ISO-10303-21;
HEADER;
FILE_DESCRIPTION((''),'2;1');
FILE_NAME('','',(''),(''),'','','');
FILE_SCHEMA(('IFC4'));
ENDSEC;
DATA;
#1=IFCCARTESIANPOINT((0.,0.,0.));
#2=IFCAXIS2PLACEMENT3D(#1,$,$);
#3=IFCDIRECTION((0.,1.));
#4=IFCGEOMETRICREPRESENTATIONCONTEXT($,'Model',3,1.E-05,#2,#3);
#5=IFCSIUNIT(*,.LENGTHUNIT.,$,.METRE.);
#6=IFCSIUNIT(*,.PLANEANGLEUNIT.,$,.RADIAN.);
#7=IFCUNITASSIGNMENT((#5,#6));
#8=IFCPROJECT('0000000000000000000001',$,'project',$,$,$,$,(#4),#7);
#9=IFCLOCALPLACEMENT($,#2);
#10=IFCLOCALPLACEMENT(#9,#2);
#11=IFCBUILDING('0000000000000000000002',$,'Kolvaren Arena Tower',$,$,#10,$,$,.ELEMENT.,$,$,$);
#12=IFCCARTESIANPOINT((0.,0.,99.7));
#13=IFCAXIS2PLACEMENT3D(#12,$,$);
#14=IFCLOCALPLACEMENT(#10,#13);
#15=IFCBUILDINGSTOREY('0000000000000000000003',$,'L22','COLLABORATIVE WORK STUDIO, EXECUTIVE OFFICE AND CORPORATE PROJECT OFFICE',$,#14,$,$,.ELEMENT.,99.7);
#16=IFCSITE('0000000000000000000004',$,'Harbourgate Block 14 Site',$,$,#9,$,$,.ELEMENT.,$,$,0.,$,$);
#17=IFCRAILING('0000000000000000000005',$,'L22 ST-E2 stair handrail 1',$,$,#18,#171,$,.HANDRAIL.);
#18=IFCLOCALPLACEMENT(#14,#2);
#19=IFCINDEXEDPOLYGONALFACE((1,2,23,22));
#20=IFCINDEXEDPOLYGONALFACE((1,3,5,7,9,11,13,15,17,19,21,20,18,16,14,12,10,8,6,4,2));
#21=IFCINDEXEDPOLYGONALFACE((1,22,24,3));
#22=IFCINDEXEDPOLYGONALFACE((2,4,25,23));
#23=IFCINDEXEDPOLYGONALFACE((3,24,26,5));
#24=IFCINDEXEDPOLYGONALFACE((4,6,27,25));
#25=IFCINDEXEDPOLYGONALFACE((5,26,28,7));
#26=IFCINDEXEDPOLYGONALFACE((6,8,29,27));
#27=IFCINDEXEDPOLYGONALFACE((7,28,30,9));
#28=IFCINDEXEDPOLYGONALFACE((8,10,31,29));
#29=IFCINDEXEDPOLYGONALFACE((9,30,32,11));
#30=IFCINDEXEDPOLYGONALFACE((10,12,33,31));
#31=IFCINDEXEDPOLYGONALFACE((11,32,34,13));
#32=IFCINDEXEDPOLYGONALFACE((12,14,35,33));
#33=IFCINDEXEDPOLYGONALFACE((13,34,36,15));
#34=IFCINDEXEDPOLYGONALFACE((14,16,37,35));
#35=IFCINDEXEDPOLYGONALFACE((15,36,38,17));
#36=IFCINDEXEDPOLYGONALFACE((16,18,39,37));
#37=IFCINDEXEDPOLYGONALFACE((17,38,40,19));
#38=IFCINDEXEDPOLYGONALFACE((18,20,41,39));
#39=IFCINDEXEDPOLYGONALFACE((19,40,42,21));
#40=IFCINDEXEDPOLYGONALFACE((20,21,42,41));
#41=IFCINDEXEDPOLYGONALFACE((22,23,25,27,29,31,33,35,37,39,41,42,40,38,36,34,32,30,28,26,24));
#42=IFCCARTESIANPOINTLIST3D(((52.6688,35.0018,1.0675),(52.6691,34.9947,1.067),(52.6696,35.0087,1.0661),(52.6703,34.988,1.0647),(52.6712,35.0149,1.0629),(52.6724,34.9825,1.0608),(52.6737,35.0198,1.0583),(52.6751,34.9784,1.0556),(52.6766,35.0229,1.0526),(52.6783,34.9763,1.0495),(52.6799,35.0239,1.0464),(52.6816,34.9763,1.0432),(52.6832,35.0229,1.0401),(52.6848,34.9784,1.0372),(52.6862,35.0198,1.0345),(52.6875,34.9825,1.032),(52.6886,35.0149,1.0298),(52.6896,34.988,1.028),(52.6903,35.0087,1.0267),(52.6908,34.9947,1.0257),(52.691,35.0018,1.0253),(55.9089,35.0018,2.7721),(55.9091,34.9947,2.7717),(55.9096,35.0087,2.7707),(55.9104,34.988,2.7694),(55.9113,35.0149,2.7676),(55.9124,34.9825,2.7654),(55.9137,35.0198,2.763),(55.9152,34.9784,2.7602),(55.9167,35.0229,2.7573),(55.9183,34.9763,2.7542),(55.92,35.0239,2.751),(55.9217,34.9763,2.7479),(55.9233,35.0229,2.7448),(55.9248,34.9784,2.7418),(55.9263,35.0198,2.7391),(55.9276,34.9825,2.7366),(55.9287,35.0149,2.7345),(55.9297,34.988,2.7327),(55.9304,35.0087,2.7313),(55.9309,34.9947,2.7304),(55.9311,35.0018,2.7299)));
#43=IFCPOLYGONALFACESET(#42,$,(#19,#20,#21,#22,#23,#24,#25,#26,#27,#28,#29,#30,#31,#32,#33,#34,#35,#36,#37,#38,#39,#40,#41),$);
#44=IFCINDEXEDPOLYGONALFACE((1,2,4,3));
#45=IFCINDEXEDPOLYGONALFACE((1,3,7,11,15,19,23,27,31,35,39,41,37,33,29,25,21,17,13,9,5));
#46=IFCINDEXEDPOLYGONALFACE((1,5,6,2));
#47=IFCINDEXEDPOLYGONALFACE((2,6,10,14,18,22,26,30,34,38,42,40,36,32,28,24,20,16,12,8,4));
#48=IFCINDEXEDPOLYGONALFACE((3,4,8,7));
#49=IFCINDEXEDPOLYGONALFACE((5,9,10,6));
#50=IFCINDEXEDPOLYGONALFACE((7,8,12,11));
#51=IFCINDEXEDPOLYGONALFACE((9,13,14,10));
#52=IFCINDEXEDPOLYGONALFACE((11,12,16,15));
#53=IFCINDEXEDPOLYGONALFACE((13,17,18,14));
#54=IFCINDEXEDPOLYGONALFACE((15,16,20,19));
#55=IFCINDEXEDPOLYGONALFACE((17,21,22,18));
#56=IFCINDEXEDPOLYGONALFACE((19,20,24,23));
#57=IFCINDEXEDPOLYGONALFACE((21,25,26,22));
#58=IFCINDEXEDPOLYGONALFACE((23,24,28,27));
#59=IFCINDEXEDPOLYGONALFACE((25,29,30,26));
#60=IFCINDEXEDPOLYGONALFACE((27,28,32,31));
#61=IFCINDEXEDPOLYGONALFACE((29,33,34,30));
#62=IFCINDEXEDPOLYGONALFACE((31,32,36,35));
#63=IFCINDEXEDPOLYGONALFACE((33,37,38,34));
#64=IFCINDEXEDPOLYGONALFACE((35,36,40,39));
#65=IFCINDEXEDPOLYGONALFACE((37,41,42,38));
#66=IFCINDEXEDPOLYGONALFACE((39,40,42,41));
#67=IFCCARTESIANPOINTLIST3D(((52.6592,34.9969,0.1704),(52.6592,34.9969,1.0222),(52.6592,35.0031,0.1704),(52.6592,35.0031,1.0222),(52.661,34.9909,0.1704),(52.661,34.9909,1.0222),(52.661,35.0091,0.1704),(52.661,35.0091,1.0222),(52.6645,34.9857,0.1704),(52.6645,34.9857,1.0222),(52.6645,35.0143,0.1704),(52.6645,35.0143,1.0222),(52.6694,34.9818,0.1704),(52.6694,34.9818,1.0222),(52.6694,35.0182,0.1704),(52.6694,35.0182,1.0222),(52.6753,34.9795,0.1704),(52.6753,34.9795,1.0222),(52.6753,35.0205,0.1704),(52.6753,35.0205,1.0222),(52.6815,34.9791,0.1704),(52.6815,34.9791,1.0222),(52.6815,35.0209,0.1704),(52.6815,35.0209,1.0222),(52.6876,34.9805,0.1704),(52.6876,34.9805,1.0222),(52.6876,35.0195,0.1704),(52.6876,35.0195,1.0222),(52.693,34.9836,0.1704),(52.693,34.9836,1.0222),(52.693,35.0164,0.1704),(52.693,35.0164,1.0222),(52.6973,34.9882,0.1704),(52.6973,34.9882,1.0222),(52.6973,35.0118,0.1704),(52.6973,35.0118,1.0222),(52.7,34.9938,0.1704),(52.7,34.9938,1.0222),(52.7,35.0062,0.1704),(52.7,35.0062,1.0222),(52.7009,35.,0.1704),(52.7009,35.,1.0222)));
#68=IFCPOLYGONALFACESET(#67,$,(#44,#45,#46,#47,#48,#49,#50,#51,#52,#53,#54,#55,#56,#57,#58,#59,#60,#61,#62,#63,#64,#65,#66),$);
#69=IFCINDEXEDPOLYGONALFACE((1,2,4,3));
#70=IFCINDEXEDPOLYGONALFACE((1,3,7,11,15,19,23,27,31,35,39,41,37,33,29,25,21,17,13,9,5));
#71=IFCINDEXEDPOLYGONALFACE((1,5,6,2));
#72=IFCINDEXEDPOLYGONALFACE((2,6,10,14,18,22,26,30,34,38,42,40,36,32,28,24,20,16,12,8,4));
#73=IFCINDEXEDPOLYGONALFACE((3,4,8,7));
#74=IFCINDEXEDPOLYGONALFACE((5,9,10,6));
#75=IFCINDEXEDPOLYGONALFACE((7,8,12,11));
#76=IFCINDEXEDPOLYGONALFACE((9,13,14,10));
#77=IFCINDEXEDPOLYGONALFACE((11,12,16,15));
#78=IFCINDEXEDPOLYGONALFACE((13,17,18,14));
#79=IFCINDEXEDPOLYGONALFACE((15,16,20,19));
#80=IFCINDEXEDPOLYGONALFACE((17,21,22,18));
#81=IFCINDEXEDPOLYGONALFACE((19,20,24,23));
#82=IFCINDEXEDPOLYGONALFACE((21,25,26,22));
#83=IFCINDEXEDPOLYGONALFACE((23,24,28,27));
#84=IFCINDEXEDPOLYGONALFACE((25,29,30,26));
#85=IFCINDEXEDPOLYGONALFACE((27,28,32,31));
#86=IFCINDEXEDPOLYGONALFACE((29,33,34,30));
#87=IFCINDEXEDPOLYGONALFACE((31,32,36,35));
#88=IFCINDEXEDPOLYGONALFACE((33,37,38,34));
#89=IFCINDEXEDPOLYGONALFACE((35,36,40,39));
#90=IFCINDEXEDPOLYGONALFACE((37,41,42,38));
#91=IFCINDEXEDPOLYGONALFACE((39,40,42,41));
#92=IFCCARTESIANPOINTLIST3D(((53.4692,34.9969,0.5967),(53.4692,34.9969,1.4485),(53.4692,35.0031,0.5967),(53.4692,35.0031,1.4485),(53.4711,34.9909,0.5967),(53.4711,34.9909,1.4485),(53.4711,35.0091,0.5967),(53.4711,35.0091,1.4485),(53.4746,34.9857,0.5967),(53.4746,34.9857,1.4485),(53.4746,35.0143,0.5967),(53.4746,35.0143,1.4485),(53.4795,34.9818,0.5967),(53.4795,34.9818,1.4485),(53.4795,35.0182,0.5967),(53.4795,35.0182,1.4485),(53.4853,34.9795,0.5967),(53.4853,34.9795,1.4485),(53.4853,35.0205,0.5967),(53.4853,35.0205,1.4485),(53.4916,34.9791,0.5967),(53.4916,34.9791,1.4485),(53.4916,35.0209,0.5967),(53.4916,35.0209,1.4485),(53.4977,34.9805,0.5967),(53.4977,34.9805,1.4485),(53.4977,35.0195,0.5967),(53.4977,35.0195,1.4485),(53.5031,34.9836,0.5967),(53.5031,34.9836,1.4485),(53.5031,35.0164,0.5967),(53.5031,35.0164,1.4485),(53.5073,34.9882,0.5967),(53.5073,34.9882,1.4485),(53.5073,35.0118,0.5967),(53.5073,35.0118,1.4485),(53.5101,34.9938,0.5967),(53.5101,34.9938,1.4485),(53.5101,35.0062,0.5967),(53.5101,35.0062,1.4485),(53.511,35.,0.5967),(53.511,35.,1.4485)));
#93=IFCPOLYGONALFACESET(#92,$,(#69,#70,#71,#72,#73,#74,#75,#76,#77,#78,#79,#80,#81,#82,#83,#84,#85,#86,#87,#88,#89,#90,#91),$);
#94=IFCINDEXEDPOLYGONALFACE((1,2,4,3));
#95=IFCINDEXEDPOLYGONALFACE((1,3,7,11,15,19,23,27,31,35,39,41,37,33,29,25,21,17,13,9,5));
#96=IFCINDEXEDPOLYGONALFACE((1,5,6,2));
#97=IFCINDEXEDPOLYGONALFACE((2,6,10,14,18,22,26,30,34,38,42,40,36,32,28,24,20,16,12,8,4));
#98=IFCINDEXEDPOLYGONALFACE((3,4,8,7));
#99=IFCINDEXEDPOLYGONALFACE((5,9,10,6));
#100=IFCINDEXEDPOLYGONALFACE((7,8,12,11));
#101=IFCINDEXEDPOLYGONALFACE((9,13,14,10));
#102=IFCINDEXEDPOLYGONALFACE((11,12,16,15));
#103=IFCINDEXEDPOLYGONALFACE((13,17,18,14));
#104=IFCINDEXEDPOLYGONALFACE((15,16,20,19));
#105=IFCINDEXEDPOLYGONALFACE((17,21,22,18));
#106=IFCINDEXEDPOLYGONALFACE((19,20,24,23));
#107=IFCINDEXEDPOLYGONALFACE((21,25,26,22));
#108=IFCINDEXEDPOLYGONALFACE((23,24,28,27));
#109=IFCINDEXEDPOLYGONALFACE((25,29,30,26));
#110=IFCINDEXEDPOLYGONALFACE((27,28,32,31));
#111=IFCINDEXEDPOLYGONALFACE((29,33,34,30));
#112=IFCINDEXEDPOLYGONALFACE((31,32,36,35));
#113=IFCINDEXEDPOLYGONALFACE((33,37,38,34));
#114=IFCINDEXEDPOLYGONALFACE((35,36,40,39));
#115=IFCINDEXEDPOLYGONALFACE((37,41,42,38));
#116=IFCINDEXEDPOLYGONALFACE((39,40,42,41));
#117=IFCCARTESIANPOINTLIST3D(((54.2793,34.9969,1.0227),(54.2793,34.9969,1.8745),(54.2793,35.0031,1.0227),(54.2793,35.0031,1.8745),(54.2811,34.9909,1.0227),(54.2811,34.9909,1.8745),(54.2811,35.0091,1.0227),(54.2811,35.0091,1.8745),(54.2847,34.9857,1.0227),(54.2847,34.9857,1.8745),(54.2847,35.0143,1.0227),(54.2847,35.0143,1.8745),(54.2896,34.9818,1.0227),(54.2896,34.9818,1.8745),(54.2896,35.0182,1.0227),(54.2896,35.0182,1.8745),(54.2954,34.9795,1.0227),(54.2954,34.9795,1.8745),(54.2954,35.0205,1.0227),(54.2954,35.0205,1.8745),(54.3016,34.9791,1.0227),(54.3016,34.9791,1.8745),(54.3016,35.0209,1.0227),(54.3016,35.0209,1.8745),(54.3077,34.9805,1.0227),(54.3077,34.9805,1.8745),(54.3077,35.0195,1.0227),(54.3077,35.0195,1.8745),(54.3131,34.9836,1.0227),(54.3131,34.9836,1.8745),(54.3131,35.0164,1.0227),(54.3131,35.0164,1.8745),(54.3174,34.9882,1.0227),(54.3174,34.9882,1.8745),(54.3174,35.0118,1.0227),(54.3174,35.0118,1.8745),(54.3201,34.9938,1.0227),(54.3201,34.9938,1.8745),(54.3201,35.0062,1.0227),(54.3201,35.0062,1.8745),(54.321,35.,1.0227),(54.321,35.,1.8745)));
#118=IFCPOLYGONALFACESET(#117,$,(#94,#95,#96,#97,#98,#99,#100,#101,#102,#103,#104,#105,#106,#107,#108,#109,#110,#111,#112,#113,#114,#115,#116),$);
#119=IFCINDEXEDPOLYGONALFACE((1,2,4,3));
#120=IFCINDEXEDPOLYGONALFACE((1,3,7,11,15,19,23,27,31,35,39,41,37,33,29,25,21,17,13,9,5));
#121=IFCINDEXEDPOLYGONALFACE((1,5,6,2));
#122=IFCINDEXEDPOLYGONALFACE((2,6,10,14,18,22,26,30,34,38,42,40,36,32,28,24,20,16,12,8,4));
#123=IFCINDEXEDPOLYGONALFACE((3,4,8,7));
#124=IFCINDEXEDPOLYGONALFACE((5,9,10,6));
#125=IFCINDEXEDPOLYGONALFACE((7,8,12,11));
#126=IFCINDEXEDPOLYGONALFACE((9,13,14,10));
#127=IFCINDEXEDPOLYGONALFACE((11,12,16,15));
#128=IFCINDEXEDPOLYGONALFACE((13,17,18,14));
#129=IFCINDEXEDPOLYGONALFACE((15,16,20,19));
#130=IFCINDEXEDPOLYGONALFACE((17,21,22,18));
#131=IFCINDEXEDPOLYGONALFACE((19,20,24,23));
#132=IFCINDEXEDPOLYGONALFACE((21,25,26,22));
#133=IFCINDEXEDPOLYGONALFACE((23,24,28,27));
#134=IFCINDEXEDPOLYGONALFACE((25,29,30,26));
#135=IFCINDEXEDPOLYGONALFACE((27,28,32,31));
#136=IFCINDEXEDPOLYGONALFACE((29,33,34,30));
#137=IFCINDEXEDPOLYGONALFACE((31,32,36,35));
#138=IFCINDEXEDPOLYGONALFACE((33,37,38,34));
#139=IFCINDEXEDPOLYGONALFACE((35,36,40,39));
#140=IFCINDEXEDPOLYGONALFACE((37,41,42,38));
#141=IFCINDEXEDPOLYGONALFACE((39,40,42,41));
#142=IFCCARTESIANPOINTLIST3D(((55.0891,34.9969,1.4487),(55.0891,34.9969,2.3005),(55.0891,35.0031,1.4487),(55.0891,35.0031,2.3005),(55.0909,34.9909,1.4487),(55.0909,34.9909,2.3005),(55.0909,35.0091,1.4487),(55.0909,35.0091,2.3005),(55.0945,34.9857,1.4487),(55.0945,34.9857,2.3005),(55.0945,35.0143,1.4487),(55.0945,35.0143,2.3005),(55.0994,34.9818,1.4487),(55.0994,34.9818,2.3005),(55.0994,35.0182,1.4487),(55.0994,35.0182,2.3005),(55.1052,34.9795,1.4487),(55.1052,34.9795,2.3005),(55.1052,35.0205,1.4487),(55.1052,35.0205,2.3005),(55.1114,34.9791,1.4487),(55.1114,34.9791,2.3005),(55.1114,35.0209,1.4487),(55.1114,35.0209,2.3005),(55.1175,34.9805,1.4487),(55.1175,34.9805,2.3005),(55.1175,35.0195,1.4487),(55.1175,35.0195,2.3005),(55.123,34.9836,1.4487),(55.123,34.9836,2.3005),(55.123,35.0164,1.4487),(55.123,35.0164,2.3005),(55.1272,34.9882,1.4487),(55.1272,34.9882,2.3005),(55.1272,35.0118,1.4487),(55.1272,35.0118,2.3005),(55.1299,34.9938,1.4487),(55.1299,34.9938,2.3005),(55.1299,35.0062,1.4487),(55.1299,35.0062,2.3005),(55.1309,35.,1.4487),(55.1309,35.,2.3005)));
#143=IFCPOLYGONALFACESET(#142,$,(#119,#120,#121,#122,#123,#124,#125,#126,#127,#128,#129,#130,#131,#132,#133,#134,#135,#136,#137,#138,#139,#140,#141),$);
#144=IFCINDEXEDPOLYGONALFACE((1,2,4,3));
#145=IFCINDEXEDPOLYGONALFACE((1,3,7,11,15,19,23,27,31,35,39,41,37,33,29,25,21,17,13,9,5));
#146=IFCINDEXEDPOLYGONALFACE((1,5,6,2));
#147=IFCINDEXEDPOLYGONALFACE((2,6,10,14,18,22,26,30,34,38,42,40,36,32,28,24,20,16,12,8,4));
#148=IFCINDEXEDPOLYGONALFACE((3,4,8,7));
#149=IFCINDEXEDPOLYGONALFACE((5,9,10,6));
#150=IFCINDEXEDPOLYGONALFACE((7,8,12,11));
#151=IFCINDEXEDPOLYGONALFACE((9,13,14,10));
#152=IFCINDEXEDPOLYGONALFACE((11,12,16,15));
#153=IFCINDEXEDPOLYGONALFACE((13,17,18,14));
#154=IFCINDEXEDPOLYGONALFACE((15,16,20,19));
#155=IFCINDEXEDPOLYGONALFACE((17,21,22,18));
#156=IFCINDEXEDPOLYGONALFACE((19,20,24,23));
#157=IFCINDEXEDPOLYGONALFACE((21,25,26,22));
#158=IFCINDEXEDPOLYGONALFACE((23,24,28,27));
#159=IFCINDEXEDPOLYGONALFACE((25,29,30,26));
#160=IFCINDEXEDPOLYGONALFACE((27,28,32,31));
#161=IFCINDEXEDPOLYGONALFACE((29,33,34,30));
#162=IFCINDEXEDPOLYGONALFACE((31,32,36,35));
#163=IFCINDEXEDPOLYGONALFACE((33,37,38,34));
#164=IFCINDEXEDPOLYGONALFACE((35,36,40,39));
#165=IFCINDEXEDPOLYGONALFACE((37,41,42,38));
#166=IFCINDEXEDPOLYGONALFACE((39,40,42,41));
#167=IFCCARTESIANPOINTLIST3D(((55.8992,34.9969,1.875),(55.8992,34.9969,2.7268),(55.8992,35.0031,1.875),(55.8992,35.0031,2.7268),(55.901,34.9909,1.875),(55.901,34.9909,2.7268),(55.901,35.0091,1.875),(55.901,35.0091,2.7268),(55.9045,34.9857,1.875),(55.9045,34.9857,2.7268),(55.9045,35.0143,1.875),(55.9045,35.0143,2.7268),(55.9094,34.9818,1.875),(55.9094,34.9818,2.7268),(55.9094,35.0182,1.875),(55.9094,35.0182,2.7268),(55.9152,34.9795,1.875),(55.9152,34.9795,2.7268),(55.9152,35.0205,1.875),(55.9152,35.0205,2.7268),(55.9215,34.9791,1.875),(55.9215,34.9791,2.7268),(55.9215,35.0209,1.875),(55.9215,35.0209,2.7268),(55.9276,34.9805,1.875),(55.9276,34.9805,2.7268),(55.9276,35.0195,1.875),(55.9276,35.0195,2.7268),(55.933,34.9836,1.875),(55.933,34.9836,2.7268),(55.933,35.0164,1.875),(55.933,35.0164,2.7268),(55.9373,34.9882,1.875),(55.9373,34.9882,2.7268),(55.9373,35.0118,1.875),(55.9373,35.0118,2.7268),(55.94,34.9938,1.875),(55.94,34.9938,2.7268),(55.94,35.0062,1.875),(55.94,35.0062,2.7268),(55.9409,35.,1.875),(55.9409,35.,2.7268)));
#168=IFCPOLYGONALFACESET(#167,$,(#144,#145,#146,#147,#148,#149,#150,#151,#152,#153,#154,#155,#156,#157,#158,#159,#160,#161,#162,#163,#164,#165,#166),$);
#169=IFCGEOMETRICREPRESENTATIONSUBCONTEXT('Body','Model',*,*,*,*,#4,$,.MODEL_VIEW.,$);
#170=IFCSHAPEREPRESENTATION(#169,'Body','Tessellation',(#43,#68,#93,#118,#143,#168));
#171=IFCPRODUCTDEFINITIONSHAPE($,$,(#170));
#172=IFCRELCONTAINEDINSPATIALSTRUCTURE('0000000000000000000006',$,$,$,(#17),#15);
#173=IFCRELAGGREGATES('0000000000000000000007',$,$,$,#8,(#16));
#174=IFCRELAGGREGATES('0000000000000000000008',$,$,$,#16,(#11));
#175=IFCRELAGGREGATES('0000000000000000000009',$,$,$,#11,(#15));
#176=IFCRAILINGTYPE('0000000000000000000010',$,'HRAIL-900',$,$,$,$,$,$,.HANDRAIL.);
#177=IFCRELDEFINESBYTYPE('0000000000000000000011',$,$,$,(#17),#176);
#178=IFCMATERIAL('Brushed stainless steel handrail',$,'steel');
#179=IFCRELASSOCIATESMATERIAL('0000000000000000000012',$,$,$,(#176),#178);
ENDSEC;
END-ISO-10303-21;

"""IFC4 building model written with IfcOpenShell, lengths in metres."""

from ifc_helpers import new_model, si_unit, direction, frame, origin, origin_2d, place, context, subcontext, project, spatial, circle, extrude, material, type_object, element, save


model = new_model("IFC4")

# Units and contexts
model_context = context("Model", 3, precision=1e-05, world=origin(), true_north=direction((0.0, 1.0)))
body_context = subcontext(model_context, "Body", "Model", "MODEL_VIEW")
ifc_project = project(units=[si_unit("LENGTHUNIT", "METRE"), si_unit("PLANEANGLEUNIT", "RADIAN")], contexts=[model_context])

# Site, building, storey
site_placement = place(None, origin())
site = spatial("IfcSite", under=ifc_project, at=site_placement, Name="Harbourgate Block 14 Site", CompositionType="ELEMENT", RefElevation=0.0)
building_placement = place(site_placement, origin())
building = spatial("IfcBuilding", under=site, at=building_placement, Name="Kolvaren Arena Tower", CompositionType="ELEMENT")
storey_placement = place(building_placement, frame((0.0, 0.0, 99.7)))
storey = spatial("IfcBuildingStorey", under=building, at=storey_placement, Name="L22", Description="COLLABORATIVE WORK STUDIO, EXECUTIVE OFFICE AND CORPORATE PROJECT OFFICE", CompositionType="ELEMENT", Elevation=99.7)

# Railing
ifc_material_1 = material(Name="Brushed stainless steel handrail", Category="steel")
railing_type_1 = type_object("IfcRailingType", Name="HRAIL-900", PredefinedType="HANDRAIL", material=ifc_material_1)
for number, where, name in (
    (1, (52.6799, 35.0, 0.1704), "L22 ST-E2 stair handrail 1"),
):
    element("IfcRailing", number, at=place(storey_placement, frame(where)), inside=storey, type_object=railing_type_1, Name=name, PredefinedType="HANDRAIL", context=body_context, shape_type="SweptSolid", body=[
        extrude(circle(Radius=0.0239, at=origin_2d()), frame((0.0, 0.0, 0.876), z_axis=(0.884993, 0.0, 0.465604), x_axis=(0.0, 1.0, 0.0)), (0.0, 0.0, 1.0), 3.6611),
        extrude(circle(Radius=0.021, at=origin_2d()), origin(), (0.0, 0.0, 1.0), 0.8518),
        extrude(circle(Radius=0.021, at=origin_2d()), frame((0.8101, 0.0, 0.4263)), (0.0, 0.0, 1.0), 0.8518),
        extrude(circle(Radius=0.021, at=origin_2d()), frame((1.6201, 0.0, 0.8523)), (0.0, 0.0, 1.0), 0.8518),
        extrude(circle(Radius=0.021, at=origin_2d()), frame((2.4299, 0.0, 1.2783)), (0.0, 0.0, 1.0), 0.8518),
        extrude(circle(Radius=0.021, at=origin_2d()), frame((3.24, 0.0, 1.7046)), (0.0, 0.0, 1.0), 0.8518),
    ])

save(model, "model.ifc")
